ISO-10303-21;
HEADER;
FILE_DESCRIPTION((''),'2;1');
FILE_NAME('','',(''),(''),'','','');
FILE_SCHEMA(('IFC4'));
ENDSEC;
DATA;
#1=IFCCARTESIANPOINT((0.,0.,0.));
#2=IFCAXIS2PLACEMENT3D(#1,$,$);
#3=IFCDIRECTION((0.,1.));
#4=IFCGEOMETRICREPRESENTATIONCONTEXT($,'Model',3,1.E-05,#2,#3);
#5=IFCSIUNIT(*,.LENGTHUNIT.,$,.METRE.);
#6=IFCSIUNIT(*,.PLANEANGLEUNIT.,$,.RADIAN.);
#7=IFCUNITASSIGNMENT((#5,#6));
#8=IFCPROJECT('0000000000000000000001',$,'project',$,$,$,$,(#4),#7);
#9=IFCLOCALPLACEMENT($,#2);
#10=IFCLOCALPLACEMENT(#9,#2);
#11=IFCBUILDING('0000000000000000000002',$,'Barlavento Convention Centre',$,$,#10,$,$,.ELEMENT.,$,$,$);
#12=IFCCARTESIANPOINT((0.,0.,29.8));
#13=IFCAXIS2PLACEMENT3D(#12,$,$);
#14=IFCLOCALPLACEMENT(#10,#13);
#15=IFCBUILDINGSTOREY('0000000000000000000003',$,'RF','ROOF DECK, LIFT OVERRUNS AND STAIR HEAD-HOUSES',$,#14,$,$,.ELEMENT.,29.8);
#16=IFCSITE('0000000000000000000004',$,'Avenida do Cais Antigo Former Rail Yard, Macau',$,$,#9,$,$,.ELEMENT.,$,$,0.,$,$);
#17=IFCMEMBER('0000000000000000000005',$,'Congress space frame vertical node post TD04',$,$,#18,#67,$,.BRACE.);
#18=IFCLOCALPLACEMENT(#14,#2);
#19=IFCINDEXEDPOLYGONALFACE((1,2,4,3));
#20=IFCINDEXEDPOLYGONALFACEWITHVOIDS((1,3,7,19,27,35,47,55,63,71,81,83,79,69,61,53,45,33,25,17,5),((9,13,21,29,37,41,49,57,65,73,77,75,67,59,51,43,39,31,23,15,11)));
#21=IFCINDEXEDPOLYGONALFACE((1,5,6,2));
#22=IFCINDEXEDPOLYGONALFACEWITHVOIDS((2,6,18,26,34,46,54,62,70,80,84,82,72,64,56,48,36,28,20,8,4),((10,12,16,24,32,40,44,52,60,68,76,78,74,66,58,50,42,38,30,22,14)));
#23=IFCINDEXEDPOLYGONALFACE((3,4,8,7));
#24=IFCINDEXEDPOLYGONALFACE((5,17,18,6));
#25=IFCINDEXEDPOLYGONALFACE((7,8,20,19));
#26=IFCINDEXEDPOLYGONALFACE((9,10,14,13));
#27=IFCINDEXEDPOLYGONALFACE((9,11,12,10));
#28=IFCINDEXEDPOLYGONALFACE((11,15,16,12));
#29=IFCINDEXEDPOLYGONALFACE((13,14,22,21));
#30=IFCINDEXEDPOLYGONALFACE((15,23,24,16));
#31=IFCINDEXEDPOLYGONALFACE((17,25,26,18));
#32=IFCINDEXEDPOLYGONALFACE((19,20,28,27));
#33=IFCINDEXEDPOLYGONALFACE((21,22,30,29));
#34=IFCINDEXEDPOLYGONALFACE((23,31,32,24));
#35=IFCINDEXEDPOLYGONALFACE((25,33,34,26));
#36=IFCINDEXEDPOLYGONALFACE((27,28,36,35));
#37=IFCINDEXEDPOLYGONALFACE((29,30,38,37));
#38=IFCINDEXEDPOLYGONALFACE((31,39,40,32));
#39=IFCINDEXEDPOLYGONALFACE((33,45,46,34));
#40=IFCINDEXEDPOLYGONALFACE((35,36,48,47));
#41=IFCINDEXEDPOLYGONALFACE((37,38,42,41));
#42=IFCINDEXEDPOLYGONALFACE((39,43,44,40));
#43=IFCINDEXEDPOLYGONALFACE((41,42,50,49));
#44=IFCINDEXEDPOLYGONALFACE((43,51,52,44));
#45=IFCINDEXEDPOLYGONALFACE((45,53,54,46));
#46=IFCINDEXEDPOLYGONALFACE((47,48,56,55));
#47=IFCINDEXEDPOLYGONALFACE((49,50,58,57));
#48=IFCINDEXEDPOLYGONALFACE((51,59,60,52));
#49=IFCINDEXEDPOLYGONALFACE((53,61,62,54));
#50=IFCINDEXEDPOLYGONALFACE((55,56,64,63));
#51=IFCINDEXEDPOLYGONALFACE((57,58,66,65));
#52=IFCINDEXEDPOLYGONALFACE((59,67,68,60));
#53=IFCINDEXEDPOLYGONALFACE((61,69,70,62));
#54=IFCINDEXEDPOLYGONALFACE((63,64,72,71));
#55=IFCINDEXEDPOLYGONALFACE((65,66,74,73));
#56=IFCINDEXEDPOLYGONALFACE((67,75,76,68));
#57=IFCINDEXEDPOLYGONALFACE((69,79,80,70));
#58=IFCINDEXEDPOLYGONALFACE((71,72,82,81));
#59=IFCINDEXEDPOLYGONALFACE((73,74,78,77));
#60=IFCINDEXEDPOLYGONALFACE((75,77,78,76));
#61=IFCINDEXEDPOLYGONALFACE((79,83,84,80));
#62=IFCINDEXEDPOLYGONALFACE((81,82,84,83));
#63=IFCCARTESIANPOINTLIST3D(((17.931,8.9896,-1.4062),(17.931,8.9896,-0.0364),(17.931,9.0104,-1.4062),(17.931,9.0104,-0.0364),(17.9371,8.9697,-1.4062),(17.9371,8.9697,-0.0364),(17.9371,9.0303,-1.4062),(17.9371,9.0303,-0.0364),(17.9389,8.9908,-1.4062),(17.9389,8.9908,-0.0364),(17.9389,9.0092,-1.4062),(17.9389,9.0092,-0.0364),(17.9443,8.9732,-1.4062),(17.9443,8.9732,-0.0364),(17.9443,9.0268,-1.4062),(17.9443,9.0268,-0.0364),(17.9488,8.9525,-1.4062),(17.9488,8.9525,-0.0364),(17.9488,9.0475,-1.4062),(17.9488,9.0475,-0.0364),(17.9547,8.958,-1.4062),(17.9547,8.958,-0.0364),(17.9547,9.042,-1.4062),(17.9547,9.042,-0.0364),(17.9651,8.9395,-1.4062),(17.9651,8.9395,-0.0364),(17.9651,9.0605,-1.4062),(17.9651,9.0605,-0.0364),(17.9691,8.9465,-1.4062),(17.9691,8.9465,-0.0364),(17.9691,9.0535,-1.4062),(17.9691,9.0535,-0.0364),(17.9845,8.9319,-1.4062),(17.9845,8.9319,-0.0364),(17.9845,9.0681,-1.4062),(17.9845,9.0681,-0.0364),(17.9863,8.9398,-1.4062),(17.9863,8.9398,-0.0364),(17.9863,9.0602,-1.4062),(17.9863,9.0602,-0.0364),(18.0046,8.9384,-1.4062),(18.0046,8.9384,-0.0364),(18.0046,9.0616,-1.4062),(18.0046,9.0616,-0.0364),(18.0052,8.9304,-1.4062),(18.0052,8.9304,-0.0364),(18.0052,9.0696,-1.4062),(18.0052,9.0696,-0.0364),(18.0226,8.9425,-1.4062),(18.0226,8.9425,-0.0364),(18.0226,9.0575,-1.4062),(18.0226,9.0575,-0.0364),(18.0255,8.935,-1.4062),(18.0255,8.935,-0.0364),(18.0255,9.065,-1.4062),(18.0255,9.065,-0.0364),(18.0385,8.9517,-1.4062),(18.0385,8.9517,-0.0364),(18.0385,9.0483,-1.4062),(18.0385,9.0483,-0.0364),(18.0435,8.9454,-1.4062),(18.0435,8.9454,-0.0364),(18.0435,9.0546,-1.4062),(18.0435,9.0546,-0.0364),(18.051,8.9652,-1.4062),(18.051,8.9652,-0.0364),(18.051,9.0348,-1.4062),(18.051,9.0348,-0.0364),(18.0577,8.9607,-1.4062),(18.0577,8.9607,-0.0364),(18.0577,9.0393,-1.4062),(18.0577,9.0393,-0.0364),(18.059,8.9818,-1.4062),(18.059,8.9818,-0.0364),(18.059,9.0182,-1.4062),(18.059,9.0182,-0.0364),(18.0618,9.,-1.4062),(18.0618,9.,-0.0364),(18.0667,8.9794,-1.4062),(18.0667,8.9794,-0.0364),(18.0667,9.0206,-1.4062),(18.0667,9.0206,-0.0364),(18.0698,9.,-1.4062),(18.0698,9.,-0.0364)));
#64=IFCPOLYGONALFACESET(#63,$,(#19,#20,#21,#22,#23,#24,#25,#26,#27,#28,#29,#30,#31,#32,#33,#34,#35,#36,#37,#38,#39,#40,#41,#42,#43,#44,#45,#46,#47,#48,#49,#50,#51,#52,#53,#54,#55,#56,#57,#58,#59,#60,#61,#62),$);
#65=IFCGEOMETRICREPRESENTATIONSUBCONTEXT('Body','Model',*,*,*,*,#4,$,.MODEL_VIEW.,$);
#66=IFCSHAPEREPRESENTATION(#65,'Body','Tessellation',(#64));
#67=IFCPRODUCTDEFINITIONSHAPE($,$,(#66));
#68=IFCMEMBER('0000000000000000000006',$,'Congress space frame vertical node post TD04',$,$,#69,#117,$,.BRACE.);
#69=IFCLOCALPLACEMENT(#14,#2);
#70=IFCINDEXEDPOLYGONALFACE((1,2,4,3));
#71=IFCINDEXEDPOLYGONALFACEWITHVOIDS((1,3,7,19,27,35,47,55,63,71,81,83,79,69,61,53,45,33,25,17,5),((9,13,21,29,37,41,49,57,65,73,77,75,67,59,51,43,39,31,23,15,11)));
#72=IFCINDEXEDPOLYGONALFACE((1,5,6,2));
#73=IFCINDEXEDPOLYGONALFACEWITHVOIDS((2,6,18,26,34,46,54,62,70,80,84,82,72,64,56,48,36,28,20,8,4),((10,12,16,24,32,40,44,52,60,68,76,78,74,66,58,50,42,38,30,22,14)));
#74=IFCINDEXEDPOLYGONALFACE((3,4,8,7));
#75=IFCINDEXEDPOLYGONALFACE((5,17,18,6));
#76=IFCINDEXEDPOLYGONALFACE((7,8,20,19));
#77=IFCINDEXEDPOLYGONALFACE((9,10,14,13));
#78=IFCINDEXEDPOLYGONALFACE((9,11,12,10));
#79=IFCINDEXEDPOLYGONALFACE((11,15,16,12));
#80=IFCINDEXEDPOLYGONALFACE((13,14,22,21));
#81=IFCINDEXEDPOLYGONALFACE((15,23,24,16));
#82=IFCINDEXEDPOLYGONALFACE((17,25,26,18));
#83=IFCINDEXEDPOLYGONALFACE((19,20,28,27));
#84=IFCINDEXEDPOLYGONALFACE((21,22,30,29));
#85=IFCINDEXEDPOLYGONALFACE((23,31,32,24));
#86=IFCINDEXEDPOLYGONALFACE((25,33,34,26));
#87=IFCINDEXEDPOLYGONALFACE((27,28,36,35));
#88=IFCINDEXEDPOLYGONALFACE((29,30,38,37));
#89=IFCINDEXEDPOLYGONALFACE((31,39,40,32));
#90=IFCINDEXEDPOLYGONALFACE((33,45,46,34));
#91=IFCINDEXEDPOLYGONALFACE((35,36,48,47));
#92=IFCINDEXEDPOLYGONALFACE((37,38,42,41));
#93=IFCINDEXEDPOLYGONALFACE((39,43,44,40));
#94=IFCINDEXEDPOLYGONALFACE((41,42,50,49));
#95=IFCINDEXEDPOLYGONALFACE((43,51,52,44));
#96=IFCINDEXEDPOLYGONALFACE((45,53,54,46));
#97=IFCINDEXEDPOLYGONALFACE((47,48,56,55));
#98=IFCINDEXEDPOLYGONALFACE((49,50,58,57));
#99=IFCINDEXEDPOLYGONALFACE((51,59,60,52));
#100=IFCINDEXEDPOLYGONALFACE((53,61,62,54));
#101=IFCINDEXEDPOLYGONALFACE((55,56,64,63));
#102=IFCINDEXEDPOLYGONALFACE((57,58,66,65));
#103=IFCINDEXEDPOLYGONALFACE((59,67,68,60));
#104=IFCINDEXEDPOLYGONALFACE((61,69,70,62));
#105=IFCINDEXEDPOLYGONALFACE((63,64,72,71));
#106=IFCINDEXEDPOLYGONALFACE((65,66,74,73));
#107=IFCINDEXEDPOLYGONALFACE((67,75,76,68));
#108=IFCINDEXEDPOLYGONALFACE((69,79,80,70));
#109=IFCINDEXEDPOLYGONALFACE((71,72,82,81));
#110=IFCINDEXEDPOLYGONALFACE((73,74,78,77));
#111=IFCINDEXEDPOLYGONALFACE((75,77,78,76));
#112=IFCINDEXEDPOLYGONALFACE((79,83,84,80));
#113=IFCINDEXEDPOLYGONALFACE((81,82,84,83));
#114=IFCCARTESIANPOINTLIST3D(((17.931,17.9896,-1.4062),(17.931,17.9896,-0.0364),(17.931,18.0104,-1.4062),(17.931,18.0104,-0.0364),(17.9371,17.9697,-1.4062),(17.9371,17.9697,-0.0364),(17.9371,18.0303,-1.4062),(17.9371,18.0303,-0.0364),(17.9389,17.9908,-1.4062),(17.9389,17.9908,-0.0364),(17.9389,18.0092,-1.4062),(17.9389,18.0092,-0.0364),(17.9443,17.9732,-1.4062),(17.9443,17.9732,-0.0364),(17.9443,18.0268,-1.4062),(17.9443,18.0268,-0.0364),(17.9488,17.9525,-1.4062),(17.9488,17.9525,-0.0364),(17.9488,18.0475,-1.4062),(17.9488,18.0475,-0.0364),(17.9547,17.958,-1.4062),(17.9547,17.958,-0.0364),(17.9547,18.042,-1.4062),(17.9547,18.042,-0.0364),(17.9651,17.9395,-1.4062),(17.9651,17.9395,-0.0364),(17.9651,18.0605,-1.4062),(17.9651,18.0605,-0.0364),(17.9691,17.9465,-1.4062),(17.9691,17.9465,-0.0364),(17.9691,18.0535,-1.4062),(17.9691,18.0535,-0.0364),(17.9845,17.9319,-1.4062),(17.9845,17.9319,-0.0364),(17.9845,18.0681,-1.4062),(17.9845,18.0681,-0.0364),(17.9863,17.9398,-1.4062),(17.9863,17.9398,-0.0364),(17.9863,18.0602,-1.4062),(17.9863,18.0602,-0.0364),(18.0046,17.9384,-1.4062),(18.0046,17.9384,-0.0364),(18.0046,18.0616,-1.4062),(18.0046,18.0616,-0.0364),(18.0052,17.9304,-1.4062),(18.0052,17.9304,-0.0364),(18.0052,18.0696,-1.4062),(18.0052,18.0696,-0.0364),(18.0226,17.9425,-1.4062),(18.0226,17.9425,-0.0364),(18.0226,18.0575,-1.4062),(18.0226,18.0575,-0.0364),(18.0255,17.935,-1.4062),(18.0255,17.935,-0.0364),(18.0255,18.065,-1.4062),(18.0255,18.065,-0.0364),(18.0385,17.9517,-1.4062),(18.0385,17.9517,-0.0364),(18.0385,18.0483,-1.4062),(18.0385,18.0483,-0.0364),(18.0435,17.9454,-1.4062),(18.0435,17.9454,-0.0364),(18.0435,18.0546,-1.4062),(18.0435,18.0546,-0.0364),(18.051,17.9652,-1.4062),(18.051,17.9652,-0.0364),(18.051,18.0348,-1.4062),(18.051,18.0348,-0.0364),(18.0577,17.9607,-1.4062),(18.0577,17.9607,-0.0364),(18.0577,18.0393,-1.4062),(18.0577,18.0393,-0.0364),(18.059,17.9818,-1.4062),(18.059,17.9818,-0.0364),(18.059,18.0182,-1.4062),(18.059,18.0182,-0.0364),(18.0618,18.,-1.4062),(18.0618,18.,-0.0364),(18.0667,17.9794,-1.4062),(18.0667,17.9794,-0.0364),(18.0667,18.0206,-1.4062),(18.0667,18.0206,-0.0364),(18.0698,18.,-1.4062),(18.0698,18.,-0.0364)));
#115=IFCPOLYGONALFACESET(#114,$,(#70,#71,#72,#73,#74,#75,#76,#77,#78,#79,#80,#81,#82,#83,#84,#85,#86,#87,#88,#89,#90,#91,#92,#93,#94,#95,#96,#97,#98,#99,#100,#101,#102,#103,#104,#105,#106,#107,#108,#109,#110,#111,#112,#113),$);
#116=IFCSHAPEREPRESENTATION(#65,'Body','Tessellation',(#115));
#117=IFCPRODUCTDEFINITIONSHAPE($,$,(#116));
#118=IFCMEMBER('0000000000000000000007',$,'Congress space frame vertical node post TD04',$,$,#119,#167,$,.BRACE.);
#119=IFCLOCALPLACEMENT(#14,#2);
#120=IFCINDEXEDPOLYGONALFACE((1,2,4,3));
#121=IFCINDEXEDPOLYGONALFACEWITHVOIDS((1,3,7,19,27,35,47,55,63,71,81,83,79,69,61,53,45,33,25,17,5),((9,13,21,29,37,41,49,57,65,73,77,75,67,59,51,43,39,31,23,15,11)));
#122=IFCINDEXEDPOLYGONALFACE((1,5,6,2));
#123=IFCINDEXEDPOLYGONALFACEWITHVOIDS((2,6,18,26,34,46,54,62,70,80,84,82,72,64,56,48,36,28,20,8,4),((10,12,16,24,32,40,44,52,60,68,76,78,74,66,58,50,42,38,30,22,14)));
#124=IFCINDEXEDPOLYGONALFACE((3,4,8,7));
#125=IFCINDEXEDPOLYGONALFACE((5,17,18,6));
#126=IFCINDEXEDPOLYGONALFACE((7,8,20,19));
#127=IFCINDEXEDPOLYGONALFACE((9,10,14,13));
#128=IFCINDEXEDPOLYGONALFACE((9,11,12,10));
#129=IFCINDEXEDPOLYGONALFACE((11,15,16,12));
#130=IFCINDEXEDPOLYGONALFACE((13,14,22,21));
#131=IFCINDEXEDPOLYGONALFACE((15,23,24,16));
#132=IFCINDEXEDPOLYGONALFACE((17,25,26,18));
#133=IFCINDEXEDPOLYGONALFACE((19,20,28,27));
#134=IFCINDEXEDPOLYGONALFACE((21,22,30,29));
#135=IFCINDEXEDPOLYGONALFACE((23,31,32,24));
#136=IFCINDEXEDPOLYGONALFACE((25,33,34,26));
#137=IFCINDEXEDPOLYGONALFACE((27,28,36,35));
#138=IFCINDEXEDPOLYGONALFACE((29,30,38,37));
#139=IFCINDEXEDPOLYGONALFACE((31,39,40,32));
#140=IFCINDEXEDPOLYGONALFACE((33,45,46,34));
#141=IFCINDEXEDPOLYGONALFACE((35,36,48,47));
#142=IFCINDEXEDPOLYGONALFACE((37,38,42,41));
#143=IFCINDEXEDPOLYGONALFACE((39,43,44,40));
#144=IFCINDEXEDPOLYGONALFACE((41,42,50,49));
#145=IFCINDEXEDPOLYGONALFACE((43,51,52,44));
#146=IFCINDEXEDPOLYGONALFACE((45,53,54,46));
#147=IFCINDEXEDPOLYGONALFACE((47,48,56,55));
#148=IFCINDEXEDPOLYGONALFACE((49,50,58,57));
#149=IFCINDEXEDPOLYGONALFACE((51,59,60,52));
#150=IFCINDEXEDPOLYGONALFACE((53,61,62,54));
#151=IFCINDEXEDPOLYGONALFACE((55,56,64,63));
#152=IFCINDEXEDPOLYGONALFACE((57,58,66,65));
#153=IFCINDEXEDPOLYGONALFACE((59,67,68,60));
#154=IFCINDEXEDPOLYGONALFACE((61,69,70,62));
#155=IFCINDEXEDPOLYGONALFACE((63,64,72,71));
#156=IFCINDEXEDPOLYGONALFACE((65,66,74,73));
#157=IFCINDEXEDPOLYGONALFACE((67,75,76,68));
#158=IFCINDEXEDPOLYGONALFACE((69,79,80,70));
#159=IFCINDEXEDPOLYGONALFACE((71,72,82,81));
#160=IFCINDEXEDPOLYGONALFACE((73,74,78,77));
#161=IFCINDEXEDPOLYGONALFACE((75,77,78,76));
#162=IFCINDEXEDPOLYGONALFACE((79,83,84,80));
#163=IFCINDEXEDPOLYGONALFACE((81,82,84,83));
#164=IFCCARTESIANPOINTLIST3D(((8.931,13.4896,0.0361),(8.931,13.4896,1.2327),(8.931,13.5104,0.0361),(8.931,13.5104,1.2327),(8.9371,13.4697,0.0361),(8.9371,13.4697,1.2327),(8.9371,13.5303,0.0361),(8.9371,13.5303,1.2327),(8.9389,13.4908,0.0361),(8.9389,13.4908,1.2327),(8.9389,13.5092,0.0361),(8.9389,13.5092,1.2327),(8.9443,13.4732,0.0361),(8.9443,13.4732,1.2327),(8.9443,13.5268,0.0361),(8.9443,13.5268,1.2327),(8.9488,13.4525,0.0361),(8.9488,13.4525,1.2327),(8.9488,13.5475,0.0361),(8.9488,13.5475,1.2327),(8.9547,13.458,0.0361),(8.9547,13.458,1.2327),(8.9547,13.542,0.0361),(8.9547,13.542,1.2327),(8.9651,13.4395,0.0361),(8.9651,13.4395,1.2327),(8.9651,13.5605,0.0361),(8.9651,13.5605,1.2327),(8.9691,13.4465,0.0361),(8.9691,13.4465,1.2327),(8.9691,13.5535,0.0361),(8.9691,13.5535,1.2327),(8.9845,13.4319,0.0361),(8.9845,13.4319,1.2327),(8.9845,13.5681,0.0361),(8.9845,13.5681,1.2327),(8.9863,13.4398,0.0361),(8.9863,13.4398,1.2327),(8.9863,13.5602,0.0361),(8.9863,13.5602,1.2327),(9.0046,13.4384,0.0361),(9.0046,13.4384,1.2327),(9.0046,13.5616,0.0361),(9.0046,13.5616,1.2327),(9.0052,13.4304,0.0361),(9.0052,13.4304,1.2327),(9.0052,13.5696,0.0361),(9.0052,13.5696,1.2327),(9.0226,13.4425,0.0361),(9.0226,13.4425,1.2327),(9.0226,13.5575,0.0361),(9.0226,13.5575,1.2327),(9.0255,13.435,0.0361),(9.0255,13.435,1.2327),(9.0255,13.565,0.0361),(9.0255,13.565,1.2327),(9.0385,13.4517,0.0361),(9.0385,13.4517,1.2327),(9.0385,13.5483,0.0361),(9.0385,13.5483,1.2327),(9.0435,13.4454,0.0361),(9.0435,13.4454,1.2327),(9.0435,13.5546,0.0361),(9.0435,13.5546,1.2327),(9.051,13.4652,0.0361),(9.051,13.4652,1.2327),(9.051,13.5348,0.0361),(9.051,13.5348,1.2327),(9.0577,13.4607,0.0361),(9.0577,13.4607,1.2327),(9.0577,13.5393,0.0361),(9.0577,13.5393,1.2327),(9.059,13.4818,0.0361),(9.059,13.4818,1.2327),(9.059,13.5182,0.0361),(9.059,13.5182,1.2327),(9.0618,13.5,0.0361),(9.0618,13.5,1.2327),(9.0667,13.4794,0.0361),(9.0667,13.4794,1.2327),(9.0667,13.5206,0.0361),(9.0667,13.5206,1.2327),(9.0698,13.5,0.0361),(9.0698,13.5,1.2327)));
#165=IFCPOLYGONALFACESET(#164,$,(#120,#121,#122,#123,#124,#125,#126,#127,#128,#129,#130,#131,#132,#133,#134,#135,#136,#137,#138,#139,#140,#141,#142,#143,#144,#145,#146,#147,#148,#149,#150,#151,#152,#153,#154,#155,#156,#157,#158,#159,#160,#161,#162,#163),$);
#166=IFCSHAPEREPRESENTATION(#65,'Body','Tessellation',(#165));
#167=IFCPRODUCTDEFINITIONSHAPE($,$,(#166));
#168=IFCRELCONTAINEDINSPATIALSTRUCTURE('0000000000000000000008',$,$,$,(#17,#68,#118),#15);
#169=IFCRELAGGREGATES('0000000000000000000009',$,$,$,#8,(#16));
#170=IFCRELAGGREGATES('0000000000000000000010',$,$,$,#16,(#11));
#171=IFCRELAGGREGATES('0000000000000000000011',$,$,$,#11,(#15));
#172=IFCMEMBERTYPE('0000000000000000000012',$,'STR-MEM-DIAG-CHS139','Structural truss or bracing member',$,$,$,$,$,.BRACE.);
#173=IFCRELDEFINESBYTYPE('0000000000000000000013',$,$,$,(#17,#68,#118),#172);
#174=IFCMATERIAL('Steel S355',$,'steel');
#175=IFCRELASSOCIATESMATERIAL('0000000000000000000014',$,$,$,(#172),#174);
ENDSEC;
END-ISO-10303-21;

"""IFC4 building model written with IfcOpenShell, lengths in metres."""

from ifc_helpers import new_model, si_unit, direction, frame, origin, origin_2d, place, context, subcontext, project, spatial, hollow_circle, extrude, material, material_profile, profile_set, type_object, element, save


model = new_model("IFC4")

# Units and contexts
model_context = context("Model", 3, precision=1e-05, world=origin(), true_north=direction((0.0, 1.0)))
body_context = subcontext(model_context, "Body", "Model", "MODEL_VIEW")
ifc_project = project(units=[si_unit("LENGTHUNIT", "METRE"), si_unit("PLANEANGLEUNIT", "RADIAN")], contexts=[model_context])

# Site, building, storey
site_placement = place(None, origin())
site = spatial("IfcSite", under=ifc_project, at=site_placement, Name="Avenida do Cais Antigo Former Rail Yard, Macau", CompositionType="ELEMENT", RefElevation=0.0)
building_placement = place(site_placement, origin())
building = spatial("IfcBuilding", under=site, at=building_placement, Name="Barlavento Convention Centre", CompositionType="ELEMENT")
storey_placement = place(building_placement, frame((0.0, 0.0, 29.8)))
storey = spatial("IfcBuildingStorey", under=building, at=storey_placement, Name="RF", Description="ROOF DECK, LIFT OVERRUNS AND STAIR HEAD-HOUSES", CompositionType="ELEMENT", Elevation=29.8)

# Members
ifc_material_1 = material(Name="Steel S355", Category="steel")
ifc_material_profile_1 = material_profile(ifc_material_1, hollow_circle(Radius=0.0698, WallThickness=0.0081, at=origin_2d()), Name="CHS 139.7x8.0")
ifc_profile_set_1 = profile_set([ifc_material_profile_1], Name="Steel S355")
member_type_1 = type_object("IfcMemberType", Name="STR-MEM-DIAG-CHS139", Description="Structural truss or bracing member", PredefinedType="BRACE", material=ifc_profile_set_1)
for number, where, z_axis, x_axis, name in (
    (1, (18.0, 9.0, -1.4062), (0.0, 0.0, 1.0), (1.0, 0.0, 0.0), "Congress space frame vertical node post TD04"),
    (2, (18.0, 18.0, -1.4062), (0.0, 0.0, 1.0), (1.0, 0.0, 0.0), "Congress space frame vertical node post TD04"),
):
    element("IfcMember", number, at=place(storey_placement, frame(where, z_axis=z_axis, x_axis=x_axis)), inside=storey, type_object=member_type_1, Name=name, PredefinedType="BRACE", context=body_context, shape_type="SweptSolid", body=[
        extrude(hollow_circle(Radius=0.0698, WallThickness=0.0081, at=origin_2d()), origin(), (0.0, 0.0, 1.0), 1.3699),
    ])
member_1_placement = place(storey_placement, frame((9.0, 13.5, 0.0361), z_axis=(0.0, 0.0, 1.0), x_axis=(1.0, 0.0, 0.0)))
element("IfcMember", 3, at=member_1_placement, inside=storey, type_object=member_type_1, Name="Congress space frame vertical node post TD04", PredefinedType="BRACE", context=body_context, shape_type="SweptSolid", body=[
    extrude(hollow_circle(Radius=0.0698, WallThickness=0.0081, at=origin_2d()), origin(), (0.0, 0.0, 1.0), 1.1965),
])

save(model, "model.ifc")
